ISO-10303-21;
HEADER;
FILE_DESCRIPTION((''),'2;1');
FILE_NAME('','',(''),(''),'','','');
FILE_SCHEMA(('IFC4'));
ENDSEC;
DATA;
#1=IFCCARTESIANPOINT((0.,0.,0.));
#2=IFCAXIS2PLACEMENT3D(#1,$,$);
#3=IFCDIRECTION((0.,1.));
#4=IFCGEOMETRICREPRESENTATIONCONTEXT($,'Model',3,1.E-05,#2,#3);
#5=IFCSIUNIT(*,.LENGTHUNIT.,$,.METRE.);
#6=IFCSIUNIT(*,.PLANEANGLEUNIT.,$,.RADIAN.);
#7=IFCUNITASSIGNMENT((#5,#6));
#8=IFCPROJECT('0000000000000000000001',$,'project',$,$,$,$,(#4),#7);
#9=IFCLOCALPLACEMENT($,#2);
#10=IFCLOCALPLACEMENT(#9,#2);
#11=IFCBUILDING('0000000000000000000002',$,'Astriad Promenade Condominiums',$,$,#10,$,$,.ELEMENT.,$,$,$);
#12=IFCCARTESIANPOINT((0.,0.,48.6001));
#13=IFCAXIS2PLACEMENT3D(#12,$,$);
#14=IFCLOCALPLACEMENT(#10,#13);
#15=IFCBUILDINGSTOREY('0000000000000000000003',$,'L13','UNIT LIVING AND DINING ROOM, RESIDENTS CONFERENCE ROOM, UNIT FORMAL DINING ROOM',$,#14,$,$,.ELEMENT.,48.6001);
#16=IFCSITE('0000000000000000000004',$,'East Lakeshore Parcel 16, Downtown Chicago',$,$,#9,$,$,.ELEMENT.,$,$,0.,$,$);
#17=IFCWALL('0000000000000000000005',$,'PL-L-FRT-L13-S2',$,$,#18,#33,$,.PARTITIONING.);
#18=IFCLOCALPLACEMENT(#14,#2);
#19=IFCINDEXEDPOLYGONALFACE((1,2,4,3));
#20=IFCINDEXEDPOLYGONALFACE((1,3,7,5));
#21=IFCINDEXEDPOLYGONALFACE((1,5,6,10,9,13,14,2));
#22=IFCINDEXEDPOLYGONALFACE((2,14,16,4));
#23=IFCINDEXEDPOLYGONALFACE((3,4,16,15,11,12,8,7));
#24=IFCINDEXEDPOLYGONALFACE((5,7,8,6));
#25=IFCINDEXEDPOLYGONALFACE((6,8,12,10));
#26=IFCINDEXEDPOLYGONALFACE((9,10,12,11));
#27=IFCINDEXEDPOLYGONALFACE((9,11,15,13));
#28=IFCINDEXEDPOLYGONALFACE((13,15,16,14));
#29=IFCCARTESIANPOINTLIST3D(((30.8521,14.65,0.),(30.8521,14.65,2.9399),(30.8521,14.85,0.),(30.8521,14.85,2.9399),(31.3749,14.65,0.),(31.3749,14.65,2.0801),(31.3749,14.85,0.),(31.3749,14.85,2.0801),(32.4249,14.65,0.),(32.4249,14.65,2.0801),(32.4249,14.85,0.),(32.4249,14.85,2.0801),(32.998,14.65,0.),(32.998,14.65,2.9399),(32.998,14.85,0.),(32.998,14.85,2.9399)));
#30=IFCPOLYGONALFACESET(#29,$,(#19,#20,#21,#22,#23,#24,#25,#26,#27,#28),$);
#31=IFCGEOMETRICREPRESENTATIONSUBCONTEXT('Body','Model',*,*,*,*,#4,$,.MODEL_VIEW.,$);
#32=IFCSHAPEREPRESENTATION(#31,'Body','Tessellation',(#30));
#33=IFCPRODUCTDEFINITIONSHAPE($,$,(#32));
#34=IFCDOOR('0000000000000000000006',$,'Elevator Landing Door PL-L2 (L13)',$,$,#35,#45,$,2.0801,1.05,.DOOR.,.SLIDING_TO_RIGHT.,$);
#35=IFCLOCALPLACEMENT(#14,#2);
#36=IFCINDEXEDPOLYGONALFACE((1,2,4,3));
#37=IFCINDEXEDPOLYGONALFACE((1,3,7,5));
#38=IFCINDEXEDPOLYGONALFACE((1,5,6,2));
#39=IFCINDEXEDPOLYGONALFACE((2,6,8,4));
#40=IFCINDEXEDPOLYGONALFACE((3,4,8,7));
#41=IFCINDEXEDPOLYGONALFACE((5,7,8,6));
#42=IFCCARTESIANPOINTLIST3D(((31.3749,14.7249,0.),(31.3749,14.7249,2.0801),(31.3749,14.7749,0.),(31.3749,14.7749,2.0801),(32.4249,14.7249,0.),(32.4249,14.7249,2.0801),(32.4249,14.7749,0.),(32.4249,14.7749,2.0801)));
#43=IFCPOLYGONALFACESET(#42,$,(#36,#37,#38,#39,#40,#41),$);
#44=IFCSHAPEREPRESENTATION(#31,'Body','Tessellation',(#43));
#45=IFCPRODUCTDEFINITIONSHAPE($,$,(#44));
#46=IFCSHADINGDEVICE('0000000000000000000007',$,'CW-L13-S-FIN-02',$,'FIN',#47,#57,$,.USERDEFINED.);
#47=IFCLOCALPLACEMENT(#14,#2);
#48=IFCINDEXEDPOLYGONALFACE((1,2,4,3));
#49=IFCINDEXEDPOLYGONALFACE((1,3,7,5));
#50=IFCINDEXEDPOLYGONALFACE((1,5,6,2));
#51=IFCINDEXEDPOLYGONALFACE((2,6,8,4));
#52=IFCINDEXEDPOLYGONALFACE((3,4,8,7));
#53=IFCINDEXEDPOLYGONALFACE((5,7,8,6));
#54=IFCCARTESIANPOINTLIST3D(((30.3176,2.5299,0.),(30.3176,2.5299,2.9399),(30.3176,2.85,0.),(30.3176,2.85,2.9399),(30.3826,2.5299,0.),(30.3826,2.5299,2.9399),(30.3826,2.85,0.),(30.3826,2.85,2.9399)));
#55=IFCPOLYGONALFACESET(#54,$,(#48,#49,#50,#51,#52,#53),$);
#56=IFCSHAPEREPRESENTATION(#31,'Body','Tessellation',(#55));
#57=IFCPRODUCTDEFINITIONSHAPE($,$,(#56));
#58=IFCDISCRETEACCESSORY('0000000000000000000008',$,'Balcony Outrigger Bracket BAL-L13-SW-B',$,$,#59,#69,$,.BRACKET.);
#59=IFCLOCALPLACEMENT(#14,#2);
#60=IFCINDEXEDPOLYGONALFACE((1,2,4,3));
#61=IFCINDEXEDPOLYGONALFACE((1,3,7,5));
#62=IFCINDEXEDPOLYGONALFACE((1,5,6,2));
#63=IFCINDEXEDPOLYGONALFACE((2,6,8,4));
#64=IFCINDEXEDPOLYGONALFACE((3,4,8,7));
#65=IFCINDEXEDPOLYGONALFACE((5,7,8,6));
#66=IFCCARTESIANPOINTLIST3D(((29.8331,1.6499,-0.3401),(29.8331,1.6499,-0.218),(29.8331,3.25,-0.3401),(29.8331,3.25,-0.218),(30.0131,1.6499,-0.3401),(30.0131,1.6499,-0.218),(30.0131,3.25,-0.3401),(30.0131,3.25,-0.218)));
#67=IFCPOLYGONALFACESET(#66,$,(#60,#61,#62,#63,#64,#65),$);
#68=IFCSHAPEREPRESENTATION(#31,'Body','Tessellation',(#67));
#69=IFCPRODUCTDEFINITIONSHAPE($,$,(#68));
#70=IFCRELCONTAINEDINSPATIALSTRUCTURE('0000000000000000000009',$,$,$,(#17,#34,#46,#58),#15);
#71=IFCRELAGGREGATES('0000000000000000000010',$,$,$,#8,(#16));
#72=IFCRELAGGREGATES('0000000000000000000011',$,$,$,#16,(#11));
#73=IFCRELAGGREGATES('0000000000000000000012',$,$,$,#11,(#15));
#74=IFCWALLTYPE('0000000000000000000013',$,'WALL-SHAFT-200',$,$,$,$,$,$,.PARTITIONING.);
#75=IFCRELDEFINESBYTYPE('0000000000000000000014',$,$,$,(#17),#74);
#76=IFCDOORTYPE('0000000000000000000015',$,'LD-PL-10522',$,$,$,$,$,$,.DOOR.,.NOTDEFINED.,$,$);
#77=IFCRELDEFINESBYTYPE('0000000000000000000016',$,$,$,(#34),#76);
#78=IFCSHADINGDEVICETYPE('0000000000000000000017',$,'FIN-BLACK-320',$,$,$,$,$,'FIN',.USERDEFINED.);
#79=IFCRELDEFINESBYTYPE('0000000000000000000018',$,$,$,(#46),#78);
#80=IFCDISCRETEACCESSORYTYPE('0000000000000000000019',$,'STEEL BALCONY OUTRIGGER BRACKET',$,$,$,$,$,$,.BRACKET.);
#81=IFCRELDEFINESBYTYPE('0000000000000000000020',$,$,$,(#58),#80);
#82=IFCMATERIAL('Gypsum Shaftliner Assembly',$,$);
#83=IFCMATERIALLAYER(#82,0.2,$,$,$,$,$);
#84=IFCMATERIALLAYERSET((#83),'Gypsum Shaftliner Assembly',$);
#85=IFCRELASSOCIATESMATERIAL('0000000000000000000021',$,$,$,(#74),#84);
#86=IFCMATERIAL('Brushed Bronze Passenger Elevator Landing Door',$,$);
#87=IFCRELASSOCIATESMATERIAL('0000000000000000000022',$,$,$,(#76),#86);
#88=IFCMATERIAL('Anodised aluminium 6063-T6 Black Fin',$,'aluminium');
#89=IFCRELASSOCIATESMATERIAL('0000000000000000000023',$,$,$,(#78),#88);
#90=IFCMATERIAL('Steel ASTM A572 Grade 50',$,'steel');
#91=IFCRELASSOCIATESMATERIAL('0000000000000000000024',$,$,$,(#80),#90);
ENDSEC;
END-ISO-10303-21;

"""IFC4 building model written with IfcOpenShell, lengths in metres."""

from ifc_helpers import new_model, si_unit, direction, frame, frame_2d, origin, origin_2d, place, context, subcontext, project, spatial, rectangle, extrude, source, transform, mapped, material, layer, layer_set, type_object, type_shapes, element, fill, save


model = new_model("IFC4")

# Units and contexts
model_context = context("Model", 3, precision=1e-05, world=origin(), true_north=direction((0.0, 1.0)))
body_context = subcontext(model_context, "Body", "Model", "MODEL_VIEW")
ifc_project = project(units=[si_unit("LENGTHUNIT", "METRE"), si_unit("PLANEANGLEUNIT", "RADIAN")], contexts=[model_context])

# Site, building, storey
site_placement = place(None, origin())
site = spatial("IfcSite", under=ifc_project, at=site_placement, Name="East Lakeshore Parcel 16, Downtown Chicago", CompositionType="ELEMENT", RefElevation=0.0)
building_placement = place(site_placement, origin())
building = spatial("IfcBuilding", under=site, at=building_placement, Name="Astriad Promenade Condominiums", CompositionType="ELEMENT")
storey_placement = place(building_placement, frame((0.0, 0.0, 48.6001)))
storey = spatial("IfcBuildingStorey", under=building, at=storey_placement, Name="L13", Description="UNIT LIVING AND DINING ROOM, RESIDENTS CONFERENCE ROOM, UNIT FORMAL DINING ROOM", CompositionType="ELEMENT", Elevation=48.6001)

# Shared definitions
ifc_material_1 = material(Name="Gypsum Shaftliner Assembly")
ifc_layer_1 = layer(ifc_material_1, 0.2)
ifc_layer_set_1 = layer_set([ifc_layer_1], Name="Gypsum Shaftliner Assembly")
wall_type_1 = type_object("IfcWallType", Name="WALL-SHAFT-200", PredefinedType="PARTITIONING", material=ifc_layer_set_1)

# Wall, opening, door
ifc_material_2 = material(Name="Brushed Bronze Passenger Elevator Landing Door")
door_type_1 = type_object("IfcDoorType", Name="LD-PL-10522", OperationType="NOTDEFINED", PredefinedType="DOOR", material=ifc_material_2)
shared_shape_1 = source(origin(), body_context, "Body", "SweptSolid", [
    extrude(rectangle(XDim=1.05, YDim=2.0801, at=frame_2d((0.5249, 1.04))), frame((0.0, 0.0249, 0.0), z_axis=(0.0, -1.0, 0.0), x_axis=(1.0, 0.0, 0.0)), (0.0, 0.0, 1.0), 0.05),
])
type_shapes(door_type_1, [shared_shape_1])
wall_1_placement = place(storey_placement, frame((30.8521, 14.75, 0.0), z_axis=(0.0, 0.0, 1.0), x_axis=(1.0, 0.0, 0.0)))
wall_1 = element("IfcWall", 1, at=wall_1_placement, inside=storey, type_object=wall_type_1, Name="PL-L-FRT-L13-S2", PredefinedType="PARTITIONING", context=body_context, shape_type="SweptSolid", body=[
    extrude(rectangle(XDim=2.146, YDim=0.2, at=frame_2d((1.073, 0.0))), origin(), (0.0, 0.0, 1.0), 2.9399),
])
opening_1_placement = place(wall_1_placement, frame((0.5229, 0.0, 0.0)))
opening_1 = element("IfcOpeningElement", 2, at=opening_1_placement, cuts=wall_1, PredefinedType="OPENING", context=body_context, shape_type="SweptSolid", body=[
    extrude(rectangle(XDim=1.05, YDim=2.0801, at=frame_2d((0.5249, 1.04))), frame((0.0, 0.1099, 0.0), z_axis=(0.0, -1.0, 0.0), x_axis=(1.0, 0.0, 0.0)), (0.0, 0.0, 1.0), 0.22),
])
door_1_placement = place(opening_1_placement, origin())
door_1 = element("IfcDoor", 3, at=door_1_placement, inside=storey, type_object=door_type_1, Name="Elevator Landing Door PL-L2 (L13)", OperationType="SLIDING_TO_RIGHT", OverallHeight=2.0801, OverallWidth=1.05, PredefinedType="DOOR", context=body_context, shape_type="MappedRepresentation", body=[
    mapped(shared_shape_1, transform((0.0, 0.0, 0.0), scale=1.0)),
])
fill(opening_1, door_1)

# Shading device
ifc_material_3 = material(Name="Anodised aluminium 6063-T6 Black Fin", Category="aluminium")
shading_device_type = type_object("IfcShadingDeviceType", Name="FIN-BLACK-320", ElementType="FIN", PredefinedType="USERDEFINED", material=ifc_material_3)
shared_shape_2 = source(origin(), body_context, "Body", "SweptSolid", [
    extrude(rectangle(XDim=0.0649, YDim=0.3201, at=origin_2d()), origin(), (0.0, 0.0, 1.0), 2.9399),
])
type_shapes(shading_device_type, [shared_shape_2])
shading_device_placement = place(storey_placement, frame((30.3501, 2.6899, 0.0), z_axis=(0.0, 0.0, 1.0), x_axis=(-1.0, 0.0, 0.0)))
element("IfcShadingDevice", 4, at=shading_device_placement, inside=storey, type_object=shading_device_type, Name="CW-L13-S-FIN-02", ObjectType="FIN", PredefinedType="USERDEFINED", context=body_context, shape_type="MappedRepresentation", body=[
    mapped(shared_shape_2, transform((0.0, 0.0, 0.0), scale=1.0)),
])

# Discrete accessory
ifc_material_4 = material(Name="Steel ASTM A572 Grade 50", Category="steel")
discrete_accessory_type = type_object("IfcDiscreteAccessoryType", Name="STEEL BALCONY OUTRIGGER BRACKET", PredefinedType="BRACKET", material=ifc_material_4)
shared_shape_3 = source(origin(), body_context, "Body", "SweptSolid", [
    extrude(rectangle(XDim=1.6001, YDim=0.1799, at=origin_2d()), origin(), (0.0, 0.0, 1.0), 0.1221),
])
type_shapes(discrete_accessory_type, [shared_shape_3])
discrete_accessory_placement = place(storey_placement, frame((29.9231, 2.45, -0.3401), z_axis=(0.0, 0.0, 1.0), x_axis=(0.0, -1.0, 0.0)))
element("IfcDiscreteAccessory", 5, at=discrete_accessory_placement, inside=storey, type_object=discrete_accessory_type, Name="Balcony Outrigger Bracket BAL-L13-SW-B", PredefinedType="BRACKET", context=body_context, shape_type="MappedRepresentation", body=[
    mapped(shared_shape_3, transform((0.0, 0.0, 0.0), scale=1.0)),
])

save(model, "model.ifc")
